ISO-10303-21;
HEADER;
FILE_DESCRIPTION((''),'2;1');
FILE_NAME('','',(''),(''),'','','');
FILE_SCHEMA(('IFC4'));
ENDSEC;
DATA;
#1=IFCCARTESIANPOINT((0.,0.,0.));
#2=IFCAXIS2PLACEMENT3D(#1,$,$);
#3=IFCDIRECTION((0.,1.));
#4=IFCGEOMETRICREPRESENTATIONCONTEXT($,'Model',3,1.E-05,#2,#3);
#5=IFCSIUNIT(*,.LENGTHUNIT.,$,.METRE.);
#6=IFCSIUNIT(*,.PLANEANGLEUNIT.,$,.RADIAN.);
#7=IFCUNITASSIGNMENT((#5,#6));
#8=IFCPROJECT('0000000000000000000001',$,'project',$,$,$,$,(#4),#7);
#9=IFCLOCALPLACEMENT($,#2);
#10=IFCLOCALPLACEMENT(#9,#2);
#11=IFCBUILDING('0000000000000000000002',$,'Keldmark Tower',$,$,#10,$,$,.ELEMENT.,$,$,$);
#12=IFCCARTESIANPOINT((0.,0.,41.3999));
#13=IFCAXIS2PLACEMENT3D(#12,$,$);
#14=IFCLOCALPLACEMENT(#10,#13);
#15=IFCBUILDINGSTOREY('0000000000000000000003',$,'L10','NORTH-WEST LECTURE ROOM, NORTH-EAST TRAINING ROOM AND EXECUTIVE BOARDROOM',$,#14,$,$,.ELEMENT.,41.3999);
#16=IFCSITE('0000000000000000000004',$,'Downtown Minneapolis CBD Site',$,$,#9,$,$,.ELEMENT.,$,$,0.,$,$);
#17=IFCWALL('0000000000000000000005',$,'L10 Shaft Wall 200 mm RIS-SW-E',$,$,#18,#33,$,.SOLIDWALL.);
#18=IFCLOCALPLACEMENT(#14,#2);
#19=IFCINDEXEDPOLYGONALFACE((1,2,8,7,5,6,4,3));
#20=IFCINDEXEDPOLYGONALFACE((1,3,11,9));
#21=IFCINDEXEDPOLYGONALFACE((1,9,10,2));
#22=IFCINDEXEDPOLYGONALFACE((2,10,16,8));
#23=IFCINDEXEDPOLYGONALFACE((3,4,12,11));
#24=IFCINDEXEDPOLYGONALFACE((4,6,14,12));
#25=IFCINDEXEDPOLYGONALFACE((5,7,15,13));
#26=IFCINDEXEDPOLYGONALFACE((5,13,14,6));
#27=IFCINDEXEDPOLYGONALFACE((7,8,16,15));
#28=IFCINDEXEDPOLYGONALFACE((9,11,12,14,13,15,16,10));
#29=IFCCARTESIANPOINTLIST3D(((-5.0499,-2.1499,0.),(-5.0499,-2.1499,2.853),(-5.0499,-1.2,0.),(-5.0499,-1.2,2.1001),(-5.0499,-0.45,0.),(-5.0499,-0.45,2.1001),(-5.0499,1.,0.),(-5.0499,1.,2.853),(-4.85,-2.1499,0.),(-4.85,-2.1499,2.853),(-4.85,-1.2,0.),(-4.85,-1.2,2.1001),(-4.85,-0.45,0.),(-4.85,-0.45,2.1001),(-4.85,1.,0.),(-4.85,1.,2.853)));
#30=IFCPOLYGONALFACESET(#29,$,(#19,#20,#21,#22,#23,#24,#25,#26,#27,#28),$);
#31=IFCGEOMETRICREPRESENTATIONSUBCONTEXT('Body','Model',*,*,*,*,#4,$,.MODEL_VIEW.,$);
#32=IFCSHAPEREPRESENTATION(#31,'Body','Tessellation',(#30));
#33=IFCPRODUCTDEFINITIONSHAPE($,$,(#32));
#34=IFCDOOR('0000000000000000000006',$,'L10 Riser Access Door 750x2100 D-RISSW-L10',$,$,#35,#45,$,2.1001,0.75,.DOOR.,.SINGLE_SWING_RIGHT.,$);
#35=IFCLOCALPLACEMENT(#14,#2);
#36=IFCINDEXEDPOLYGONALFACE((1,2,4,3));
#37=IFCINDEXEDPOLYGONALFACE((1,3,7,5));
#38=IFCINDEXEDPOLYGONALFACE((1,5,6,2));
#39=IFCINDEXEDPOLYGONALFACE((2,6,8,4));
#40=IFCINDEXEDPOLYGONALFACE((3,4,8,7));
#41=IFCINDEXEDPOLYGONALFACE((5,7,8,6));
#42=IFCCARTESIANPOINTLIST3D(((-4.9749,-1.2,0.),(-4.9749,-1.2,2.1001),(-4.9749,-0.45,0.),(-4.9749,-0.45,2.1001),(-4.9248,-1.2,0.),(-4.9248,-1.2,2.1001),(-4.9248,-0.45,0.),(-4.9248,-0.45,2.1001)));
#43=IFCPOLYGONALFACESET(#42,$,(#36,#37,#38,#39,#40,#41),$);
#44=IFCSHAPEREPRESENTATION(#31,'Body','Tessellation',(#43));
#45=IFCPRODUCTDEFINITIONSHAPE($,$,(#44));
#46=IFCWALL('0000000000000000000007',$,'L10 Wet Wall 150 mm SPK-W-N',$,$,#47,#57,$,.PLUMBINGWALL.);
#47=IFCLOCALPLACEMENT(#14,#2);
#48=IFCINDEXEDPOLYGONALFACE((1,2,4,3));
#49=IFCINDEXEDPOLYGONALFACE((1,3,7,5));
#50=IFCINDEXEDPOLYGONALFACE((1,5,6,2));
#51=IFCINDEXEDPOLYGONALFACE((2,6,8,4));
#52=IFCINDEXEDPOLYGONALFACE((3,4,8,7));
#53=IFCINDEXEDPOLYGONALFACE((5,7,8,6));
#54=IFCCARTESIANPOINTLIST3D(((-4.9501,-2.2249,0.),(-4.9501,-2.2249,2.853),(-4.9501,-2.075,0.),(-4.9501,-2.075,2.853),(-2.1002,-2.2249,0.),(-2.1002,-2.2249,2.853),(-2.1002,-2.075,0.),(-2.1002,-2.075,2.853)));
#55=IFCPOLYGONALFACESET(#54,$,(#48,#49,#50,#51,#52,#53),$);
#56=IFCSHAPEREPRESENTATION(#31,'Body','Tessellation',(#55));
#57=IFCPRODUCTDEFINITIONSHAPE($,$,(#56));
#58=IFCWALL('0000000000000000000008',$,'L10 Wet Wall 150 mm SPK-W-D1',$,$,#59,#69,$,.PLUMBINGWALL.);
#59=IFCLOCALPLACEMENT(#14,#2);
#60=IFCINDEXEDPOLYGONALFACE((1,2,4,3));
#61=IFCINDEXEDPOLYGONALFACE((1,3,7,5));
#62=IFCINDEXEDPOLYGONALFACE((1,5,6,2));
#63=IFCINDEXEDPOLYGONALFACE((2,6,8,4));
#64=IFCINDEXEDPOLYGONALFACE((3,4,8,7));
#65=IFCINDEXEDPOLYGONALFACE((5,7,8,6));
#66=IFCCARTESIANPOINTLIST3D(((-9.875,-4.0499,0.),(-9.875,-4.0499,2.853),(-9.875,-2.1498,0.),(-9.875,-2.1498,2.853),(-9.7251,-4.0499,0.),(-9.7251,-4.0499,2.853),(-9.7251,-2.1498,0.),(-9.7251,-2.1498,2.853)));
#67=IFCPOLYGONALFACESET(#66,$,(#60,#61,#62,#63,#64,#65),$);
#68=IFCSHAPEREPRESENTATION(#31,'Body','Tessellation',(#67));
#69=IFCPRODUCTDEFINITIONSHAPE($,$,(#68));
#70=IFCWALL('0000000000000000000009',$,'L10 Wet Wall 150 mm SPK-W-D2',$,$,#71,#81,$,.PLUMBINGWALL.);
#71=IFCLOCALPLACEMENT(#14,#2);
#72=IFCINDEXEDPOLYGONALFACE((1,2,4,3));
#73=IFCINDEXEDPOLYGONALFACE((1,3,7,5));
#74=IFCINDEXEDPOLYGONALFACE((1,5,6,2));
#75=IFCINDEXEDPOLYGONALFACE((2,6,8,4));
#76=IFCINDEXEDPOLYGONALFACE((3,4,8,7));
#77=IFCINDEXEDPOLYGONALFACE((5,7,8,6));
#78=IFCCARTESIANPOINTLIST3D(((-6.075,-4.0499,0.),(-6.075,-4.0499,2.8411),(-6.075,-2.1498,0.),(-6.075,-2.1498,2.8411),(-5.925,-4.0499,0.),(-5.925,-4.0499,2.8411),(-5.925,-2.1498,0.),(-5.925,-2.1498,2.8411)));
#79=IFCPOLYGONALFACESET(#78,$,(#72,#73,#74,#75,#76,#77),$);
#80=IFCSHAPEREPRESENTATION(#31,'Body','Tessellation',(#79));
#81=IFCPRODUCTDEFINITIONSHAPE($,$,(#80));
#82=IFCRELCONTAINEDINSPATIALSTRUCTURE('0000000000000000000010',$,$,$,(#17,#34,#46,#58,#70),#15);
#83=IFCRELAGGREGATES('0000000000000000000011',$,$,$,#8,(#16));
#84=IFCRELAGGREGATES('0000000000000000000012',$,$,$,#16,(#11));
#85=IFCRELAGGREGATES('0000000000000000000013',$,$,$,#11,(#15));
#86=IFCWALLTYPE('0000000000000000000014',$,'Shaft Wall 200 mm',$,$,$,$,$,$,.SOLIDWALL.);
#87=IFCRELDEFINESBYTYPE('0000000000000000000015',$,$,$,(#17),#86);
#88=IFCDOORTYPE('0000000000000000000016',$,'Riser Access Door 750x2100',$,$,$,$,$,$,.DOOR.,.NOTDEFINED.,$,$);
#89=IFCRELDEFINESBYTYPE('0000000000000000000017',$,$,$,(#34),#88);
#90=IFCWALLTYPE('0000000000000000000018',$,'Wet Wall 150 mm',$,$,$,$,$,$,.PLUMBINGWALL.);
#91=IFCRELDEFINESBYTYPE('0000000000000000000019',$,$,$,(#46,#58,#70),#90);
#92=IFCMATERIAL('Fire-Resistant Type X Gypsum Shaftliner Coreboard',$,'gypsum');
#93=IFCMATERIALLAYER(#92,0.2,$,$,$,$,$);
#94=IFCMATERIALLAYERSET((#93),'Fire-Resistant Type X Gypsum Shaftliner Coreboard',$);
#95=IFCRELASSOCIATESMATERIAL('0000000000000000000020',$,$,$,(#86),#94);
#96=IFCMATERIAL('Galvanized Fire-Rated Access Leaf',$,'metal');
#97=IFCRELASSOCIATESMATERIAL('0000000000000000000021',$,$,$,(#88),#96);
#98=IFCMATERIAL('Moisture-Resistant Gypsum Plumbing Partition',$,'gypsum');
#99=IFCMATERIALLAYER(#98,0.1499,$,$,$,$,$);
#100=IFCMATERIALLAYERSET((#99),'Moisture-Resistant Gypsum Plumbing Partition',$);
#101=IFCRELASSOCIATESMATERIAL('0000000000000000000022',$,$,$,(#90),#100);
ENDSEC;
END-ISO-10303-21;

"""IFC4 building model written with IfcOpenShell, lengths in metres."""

from ifc_helpers import new_model, si_unit, direction, frame, frame_2d, origin, place, context, subcontext, project, spatial, rectangle, extrude, material, layer, layer_set, type_object, element, fill, save


model = new_model("IFC4")

# Units and contexts
model_context = context("Model", 3, precision=1e-05, world=origin(), true_north=direction((0.0, 1.0)))
body_context = subcontext(model_context, "Body", "Model", "MODEL_VIEW")
ifc_project = project(units=[si_unit("LENGTHUNIT", "METRE"), si_unit("PLANEANGLEUNIT", "RADIAN")], contexts=[model_context])

# Site, building, storey
site_placement = place(None, origin())
site = spatial("IfcSite", under=ifc_project, at=site_placement, Name="Downtown Minneapolis CBD Site", CompositionType="ELEMENT", RefElevation=0.0)
building_placement = place(site_placement, origin())
building = spatial("IfcBuilding", under=site, at=building_placement, Name="Keldmark Tower", CompositionType="ELEMENT")
storey_placement = place(building_placement, frame((0.0, 0.0, 41.3999)))
storey = spatial("IfcBuildingStorey", under=building, at=storey_placement, Name="L10", Description="NORTH-WEST LECTURE ROOM, NORTH-EAST TRAINING ROOM AND EXECUTIVE BOARDROOM", CompositionType="ELEMENT", Elevation=41.3999)

# Shared definitions
ifc_material_1 = material(Name="Fire-Resistant Type X Gypsum Shaftliner Coreboard", Category="gypsum")
ifc_layer_1 = layer(ifc_material_1, 0.2)
ifc_layer_set_1 = layer_set([ifc_layer_1], Name="Fire-Resistant Type X Gypsum Shaftliner Coreboard")
wall_type_1 = type_object("IfcWallType", Name="Shaft Wall 200 mm", PredefinedType="SOLIDWALL", material=ifc_layer_set_1)

# Wall, opening, door
wall_1_placement = place(storey_placement, frame((-4.95, -2.1499, 0.0), z_axis=(0.0, 0.0, 1.0), x_axis=(0.0, 1.0, 0.0)))
wall_1 = element("IfcWall", 1, at=wall_1_placement, inside=storey, type_object=wall_type_1, Name="L10 Shaft Wall 200 mm RIS-SW-E", PredefinedType="SOLIDWALL", context=body_context, shape_type="SweptSolid", body=[
    extrude(rectangle(XDim=3.1499, YDim=0.2, at=frame_2d((1.575, 0.0))), origin(), (0.0, 0.0, 1.0), 2.853),
])
opening_1_placement = place(wall_1_placement, frame((0.95, 0.0, 0.0)))
opening_1 = element("IfcOpeningElement", 2, at=opening_1_placement, cuts=wall_1, PredefinedType="OPENING", context=body_context, shape_type="SweptSolid", body=[
    extrude(rectangle(XDim=0.75, YDim=2.1001, at=frame_2d((0.375, 1.05))), frame((0.0, 0.1099, 0.0), z_axis=(0.0, -1.0, 0.0), x_axis=(1.0, 0.0, 0.0)), (0.0, 0.0, 1.0), 0.22),
])
ifc_material_2 = material(Name="Galvanized Fire-Rated Access Leaf", Category="metal")
door_type_1 = type_object("IfcDoorType", Name="Riser Access Door 750x2100", OperationType="NOTDEFINED", PredefinedType="DOOR", material=ifc_material_2)
door_1_placement = place(opening_1_placement, origin())
door_1 = element("IfcDoor", 3, at=door_1_placement, inside=storey, type_object=door_type_1, Name="L10 Riser Access Door 750x2100 D-RISSW-L10", OperationType="SINGLE_SWING_RIGHT", OverallHeight=2.1001, OverallWidth=0.75, PredefinedType="DOOR", context=body_context, shape_type="SweptSolid", body=[
    extrude(rectangle(XDim=0.75, YDim=2.1001, at=frame_2d((0.375, 1.05))), frame((0.0, 0.0249, 0.0), z_axis=(0.0, -1.0, 0.0), x_axis=(1.0, 0.0, 0.0)), (0.0, 0.0, 1.0), 0.05),
])
fill(opening_1, door_1)

# Walls
ifc_material_3 = material(Name="Moisture-Resistant Gypsum Plumbing Partition", Category="gypsum")
ifc_layer_2 = layer(ifc_material_3, 0.1499)
ifc_layer_set_2 = layer_set([ifc_layer_2], Name="Moisture-Resistant Gypsum Plumbing Partition")
wall_type_2 = type_object("IfcWallType", Name="Wet Wall 150 mm", PredefinedType="PLUMBINGWALL", material=ifc_layer_set_2)
wall_2_placement = place(storey_placement, frame((-4.95, -2.1499, 0.0), z_axis=(0.0, 0.0, 1.0), x_axis=(1.0, 0.0, 0.0)))
element("IfcWall", 4, at=wall_2_placement, inside=storey, type_object=wall_type_2, Name="L10 Wet Wall 150 mm SPK-W-N", PredefinedType="PLUMBINGWALL", context=body_context, shape_type="SweptSolid", body=[
    extrude(rectangle(XDim=2.8499, YDim=0.1499, at=frame_2d((1.4248, 0.0))), origin(), (0.0, 0.0, 1.0), 2.853),
])
wall_3_placement = place(storey_placement, frame((-9.8, -4.05, 0.0), z_axis=(0.0, 0.0, 1.0), x_axis=(0.0, 1.0, 0.0)))
element("IfcWall", 5, at=wall_3_placement, inside=storey, type_object=wall_type_2, Name="L10 Wet Wall 150 mm SPK-W-D1", PredefinedType="PLUMBINGWALL", context=body_context, shape_type="SweptSolid", body=[
    extrude(rectangle(XDim=1.9001, YDim=0.1499, at=frame_2d((0.9502, 0.0))), origin(), (0.0, 0.0, 1.0), 2.853),
])
wall_4_placement = place(storey_placement, frame((-6.0, -4.05, 0.0), z_axis=(0.0, 0.0, 1.0), x_axis=(0.0, 1.0, 0.0)))
element("IfcWall", 6, at=wall_4_placement, inside=storey, type_object=wall_type_2, Name="L10 Wet Wall 150 mm SPK-W-D2", PredefinedType="PLUMBINGWALL", context=body_context, shape_type="SweptSolid", body=[
    extrude(rectangle(XDim=1.9001, YDim=0.1499, at=frame_2d((0.9502, 0.0))), origin(), (0.0, 0.0, 1.0), 2.8411),
])

save(model, "model.ifc")
